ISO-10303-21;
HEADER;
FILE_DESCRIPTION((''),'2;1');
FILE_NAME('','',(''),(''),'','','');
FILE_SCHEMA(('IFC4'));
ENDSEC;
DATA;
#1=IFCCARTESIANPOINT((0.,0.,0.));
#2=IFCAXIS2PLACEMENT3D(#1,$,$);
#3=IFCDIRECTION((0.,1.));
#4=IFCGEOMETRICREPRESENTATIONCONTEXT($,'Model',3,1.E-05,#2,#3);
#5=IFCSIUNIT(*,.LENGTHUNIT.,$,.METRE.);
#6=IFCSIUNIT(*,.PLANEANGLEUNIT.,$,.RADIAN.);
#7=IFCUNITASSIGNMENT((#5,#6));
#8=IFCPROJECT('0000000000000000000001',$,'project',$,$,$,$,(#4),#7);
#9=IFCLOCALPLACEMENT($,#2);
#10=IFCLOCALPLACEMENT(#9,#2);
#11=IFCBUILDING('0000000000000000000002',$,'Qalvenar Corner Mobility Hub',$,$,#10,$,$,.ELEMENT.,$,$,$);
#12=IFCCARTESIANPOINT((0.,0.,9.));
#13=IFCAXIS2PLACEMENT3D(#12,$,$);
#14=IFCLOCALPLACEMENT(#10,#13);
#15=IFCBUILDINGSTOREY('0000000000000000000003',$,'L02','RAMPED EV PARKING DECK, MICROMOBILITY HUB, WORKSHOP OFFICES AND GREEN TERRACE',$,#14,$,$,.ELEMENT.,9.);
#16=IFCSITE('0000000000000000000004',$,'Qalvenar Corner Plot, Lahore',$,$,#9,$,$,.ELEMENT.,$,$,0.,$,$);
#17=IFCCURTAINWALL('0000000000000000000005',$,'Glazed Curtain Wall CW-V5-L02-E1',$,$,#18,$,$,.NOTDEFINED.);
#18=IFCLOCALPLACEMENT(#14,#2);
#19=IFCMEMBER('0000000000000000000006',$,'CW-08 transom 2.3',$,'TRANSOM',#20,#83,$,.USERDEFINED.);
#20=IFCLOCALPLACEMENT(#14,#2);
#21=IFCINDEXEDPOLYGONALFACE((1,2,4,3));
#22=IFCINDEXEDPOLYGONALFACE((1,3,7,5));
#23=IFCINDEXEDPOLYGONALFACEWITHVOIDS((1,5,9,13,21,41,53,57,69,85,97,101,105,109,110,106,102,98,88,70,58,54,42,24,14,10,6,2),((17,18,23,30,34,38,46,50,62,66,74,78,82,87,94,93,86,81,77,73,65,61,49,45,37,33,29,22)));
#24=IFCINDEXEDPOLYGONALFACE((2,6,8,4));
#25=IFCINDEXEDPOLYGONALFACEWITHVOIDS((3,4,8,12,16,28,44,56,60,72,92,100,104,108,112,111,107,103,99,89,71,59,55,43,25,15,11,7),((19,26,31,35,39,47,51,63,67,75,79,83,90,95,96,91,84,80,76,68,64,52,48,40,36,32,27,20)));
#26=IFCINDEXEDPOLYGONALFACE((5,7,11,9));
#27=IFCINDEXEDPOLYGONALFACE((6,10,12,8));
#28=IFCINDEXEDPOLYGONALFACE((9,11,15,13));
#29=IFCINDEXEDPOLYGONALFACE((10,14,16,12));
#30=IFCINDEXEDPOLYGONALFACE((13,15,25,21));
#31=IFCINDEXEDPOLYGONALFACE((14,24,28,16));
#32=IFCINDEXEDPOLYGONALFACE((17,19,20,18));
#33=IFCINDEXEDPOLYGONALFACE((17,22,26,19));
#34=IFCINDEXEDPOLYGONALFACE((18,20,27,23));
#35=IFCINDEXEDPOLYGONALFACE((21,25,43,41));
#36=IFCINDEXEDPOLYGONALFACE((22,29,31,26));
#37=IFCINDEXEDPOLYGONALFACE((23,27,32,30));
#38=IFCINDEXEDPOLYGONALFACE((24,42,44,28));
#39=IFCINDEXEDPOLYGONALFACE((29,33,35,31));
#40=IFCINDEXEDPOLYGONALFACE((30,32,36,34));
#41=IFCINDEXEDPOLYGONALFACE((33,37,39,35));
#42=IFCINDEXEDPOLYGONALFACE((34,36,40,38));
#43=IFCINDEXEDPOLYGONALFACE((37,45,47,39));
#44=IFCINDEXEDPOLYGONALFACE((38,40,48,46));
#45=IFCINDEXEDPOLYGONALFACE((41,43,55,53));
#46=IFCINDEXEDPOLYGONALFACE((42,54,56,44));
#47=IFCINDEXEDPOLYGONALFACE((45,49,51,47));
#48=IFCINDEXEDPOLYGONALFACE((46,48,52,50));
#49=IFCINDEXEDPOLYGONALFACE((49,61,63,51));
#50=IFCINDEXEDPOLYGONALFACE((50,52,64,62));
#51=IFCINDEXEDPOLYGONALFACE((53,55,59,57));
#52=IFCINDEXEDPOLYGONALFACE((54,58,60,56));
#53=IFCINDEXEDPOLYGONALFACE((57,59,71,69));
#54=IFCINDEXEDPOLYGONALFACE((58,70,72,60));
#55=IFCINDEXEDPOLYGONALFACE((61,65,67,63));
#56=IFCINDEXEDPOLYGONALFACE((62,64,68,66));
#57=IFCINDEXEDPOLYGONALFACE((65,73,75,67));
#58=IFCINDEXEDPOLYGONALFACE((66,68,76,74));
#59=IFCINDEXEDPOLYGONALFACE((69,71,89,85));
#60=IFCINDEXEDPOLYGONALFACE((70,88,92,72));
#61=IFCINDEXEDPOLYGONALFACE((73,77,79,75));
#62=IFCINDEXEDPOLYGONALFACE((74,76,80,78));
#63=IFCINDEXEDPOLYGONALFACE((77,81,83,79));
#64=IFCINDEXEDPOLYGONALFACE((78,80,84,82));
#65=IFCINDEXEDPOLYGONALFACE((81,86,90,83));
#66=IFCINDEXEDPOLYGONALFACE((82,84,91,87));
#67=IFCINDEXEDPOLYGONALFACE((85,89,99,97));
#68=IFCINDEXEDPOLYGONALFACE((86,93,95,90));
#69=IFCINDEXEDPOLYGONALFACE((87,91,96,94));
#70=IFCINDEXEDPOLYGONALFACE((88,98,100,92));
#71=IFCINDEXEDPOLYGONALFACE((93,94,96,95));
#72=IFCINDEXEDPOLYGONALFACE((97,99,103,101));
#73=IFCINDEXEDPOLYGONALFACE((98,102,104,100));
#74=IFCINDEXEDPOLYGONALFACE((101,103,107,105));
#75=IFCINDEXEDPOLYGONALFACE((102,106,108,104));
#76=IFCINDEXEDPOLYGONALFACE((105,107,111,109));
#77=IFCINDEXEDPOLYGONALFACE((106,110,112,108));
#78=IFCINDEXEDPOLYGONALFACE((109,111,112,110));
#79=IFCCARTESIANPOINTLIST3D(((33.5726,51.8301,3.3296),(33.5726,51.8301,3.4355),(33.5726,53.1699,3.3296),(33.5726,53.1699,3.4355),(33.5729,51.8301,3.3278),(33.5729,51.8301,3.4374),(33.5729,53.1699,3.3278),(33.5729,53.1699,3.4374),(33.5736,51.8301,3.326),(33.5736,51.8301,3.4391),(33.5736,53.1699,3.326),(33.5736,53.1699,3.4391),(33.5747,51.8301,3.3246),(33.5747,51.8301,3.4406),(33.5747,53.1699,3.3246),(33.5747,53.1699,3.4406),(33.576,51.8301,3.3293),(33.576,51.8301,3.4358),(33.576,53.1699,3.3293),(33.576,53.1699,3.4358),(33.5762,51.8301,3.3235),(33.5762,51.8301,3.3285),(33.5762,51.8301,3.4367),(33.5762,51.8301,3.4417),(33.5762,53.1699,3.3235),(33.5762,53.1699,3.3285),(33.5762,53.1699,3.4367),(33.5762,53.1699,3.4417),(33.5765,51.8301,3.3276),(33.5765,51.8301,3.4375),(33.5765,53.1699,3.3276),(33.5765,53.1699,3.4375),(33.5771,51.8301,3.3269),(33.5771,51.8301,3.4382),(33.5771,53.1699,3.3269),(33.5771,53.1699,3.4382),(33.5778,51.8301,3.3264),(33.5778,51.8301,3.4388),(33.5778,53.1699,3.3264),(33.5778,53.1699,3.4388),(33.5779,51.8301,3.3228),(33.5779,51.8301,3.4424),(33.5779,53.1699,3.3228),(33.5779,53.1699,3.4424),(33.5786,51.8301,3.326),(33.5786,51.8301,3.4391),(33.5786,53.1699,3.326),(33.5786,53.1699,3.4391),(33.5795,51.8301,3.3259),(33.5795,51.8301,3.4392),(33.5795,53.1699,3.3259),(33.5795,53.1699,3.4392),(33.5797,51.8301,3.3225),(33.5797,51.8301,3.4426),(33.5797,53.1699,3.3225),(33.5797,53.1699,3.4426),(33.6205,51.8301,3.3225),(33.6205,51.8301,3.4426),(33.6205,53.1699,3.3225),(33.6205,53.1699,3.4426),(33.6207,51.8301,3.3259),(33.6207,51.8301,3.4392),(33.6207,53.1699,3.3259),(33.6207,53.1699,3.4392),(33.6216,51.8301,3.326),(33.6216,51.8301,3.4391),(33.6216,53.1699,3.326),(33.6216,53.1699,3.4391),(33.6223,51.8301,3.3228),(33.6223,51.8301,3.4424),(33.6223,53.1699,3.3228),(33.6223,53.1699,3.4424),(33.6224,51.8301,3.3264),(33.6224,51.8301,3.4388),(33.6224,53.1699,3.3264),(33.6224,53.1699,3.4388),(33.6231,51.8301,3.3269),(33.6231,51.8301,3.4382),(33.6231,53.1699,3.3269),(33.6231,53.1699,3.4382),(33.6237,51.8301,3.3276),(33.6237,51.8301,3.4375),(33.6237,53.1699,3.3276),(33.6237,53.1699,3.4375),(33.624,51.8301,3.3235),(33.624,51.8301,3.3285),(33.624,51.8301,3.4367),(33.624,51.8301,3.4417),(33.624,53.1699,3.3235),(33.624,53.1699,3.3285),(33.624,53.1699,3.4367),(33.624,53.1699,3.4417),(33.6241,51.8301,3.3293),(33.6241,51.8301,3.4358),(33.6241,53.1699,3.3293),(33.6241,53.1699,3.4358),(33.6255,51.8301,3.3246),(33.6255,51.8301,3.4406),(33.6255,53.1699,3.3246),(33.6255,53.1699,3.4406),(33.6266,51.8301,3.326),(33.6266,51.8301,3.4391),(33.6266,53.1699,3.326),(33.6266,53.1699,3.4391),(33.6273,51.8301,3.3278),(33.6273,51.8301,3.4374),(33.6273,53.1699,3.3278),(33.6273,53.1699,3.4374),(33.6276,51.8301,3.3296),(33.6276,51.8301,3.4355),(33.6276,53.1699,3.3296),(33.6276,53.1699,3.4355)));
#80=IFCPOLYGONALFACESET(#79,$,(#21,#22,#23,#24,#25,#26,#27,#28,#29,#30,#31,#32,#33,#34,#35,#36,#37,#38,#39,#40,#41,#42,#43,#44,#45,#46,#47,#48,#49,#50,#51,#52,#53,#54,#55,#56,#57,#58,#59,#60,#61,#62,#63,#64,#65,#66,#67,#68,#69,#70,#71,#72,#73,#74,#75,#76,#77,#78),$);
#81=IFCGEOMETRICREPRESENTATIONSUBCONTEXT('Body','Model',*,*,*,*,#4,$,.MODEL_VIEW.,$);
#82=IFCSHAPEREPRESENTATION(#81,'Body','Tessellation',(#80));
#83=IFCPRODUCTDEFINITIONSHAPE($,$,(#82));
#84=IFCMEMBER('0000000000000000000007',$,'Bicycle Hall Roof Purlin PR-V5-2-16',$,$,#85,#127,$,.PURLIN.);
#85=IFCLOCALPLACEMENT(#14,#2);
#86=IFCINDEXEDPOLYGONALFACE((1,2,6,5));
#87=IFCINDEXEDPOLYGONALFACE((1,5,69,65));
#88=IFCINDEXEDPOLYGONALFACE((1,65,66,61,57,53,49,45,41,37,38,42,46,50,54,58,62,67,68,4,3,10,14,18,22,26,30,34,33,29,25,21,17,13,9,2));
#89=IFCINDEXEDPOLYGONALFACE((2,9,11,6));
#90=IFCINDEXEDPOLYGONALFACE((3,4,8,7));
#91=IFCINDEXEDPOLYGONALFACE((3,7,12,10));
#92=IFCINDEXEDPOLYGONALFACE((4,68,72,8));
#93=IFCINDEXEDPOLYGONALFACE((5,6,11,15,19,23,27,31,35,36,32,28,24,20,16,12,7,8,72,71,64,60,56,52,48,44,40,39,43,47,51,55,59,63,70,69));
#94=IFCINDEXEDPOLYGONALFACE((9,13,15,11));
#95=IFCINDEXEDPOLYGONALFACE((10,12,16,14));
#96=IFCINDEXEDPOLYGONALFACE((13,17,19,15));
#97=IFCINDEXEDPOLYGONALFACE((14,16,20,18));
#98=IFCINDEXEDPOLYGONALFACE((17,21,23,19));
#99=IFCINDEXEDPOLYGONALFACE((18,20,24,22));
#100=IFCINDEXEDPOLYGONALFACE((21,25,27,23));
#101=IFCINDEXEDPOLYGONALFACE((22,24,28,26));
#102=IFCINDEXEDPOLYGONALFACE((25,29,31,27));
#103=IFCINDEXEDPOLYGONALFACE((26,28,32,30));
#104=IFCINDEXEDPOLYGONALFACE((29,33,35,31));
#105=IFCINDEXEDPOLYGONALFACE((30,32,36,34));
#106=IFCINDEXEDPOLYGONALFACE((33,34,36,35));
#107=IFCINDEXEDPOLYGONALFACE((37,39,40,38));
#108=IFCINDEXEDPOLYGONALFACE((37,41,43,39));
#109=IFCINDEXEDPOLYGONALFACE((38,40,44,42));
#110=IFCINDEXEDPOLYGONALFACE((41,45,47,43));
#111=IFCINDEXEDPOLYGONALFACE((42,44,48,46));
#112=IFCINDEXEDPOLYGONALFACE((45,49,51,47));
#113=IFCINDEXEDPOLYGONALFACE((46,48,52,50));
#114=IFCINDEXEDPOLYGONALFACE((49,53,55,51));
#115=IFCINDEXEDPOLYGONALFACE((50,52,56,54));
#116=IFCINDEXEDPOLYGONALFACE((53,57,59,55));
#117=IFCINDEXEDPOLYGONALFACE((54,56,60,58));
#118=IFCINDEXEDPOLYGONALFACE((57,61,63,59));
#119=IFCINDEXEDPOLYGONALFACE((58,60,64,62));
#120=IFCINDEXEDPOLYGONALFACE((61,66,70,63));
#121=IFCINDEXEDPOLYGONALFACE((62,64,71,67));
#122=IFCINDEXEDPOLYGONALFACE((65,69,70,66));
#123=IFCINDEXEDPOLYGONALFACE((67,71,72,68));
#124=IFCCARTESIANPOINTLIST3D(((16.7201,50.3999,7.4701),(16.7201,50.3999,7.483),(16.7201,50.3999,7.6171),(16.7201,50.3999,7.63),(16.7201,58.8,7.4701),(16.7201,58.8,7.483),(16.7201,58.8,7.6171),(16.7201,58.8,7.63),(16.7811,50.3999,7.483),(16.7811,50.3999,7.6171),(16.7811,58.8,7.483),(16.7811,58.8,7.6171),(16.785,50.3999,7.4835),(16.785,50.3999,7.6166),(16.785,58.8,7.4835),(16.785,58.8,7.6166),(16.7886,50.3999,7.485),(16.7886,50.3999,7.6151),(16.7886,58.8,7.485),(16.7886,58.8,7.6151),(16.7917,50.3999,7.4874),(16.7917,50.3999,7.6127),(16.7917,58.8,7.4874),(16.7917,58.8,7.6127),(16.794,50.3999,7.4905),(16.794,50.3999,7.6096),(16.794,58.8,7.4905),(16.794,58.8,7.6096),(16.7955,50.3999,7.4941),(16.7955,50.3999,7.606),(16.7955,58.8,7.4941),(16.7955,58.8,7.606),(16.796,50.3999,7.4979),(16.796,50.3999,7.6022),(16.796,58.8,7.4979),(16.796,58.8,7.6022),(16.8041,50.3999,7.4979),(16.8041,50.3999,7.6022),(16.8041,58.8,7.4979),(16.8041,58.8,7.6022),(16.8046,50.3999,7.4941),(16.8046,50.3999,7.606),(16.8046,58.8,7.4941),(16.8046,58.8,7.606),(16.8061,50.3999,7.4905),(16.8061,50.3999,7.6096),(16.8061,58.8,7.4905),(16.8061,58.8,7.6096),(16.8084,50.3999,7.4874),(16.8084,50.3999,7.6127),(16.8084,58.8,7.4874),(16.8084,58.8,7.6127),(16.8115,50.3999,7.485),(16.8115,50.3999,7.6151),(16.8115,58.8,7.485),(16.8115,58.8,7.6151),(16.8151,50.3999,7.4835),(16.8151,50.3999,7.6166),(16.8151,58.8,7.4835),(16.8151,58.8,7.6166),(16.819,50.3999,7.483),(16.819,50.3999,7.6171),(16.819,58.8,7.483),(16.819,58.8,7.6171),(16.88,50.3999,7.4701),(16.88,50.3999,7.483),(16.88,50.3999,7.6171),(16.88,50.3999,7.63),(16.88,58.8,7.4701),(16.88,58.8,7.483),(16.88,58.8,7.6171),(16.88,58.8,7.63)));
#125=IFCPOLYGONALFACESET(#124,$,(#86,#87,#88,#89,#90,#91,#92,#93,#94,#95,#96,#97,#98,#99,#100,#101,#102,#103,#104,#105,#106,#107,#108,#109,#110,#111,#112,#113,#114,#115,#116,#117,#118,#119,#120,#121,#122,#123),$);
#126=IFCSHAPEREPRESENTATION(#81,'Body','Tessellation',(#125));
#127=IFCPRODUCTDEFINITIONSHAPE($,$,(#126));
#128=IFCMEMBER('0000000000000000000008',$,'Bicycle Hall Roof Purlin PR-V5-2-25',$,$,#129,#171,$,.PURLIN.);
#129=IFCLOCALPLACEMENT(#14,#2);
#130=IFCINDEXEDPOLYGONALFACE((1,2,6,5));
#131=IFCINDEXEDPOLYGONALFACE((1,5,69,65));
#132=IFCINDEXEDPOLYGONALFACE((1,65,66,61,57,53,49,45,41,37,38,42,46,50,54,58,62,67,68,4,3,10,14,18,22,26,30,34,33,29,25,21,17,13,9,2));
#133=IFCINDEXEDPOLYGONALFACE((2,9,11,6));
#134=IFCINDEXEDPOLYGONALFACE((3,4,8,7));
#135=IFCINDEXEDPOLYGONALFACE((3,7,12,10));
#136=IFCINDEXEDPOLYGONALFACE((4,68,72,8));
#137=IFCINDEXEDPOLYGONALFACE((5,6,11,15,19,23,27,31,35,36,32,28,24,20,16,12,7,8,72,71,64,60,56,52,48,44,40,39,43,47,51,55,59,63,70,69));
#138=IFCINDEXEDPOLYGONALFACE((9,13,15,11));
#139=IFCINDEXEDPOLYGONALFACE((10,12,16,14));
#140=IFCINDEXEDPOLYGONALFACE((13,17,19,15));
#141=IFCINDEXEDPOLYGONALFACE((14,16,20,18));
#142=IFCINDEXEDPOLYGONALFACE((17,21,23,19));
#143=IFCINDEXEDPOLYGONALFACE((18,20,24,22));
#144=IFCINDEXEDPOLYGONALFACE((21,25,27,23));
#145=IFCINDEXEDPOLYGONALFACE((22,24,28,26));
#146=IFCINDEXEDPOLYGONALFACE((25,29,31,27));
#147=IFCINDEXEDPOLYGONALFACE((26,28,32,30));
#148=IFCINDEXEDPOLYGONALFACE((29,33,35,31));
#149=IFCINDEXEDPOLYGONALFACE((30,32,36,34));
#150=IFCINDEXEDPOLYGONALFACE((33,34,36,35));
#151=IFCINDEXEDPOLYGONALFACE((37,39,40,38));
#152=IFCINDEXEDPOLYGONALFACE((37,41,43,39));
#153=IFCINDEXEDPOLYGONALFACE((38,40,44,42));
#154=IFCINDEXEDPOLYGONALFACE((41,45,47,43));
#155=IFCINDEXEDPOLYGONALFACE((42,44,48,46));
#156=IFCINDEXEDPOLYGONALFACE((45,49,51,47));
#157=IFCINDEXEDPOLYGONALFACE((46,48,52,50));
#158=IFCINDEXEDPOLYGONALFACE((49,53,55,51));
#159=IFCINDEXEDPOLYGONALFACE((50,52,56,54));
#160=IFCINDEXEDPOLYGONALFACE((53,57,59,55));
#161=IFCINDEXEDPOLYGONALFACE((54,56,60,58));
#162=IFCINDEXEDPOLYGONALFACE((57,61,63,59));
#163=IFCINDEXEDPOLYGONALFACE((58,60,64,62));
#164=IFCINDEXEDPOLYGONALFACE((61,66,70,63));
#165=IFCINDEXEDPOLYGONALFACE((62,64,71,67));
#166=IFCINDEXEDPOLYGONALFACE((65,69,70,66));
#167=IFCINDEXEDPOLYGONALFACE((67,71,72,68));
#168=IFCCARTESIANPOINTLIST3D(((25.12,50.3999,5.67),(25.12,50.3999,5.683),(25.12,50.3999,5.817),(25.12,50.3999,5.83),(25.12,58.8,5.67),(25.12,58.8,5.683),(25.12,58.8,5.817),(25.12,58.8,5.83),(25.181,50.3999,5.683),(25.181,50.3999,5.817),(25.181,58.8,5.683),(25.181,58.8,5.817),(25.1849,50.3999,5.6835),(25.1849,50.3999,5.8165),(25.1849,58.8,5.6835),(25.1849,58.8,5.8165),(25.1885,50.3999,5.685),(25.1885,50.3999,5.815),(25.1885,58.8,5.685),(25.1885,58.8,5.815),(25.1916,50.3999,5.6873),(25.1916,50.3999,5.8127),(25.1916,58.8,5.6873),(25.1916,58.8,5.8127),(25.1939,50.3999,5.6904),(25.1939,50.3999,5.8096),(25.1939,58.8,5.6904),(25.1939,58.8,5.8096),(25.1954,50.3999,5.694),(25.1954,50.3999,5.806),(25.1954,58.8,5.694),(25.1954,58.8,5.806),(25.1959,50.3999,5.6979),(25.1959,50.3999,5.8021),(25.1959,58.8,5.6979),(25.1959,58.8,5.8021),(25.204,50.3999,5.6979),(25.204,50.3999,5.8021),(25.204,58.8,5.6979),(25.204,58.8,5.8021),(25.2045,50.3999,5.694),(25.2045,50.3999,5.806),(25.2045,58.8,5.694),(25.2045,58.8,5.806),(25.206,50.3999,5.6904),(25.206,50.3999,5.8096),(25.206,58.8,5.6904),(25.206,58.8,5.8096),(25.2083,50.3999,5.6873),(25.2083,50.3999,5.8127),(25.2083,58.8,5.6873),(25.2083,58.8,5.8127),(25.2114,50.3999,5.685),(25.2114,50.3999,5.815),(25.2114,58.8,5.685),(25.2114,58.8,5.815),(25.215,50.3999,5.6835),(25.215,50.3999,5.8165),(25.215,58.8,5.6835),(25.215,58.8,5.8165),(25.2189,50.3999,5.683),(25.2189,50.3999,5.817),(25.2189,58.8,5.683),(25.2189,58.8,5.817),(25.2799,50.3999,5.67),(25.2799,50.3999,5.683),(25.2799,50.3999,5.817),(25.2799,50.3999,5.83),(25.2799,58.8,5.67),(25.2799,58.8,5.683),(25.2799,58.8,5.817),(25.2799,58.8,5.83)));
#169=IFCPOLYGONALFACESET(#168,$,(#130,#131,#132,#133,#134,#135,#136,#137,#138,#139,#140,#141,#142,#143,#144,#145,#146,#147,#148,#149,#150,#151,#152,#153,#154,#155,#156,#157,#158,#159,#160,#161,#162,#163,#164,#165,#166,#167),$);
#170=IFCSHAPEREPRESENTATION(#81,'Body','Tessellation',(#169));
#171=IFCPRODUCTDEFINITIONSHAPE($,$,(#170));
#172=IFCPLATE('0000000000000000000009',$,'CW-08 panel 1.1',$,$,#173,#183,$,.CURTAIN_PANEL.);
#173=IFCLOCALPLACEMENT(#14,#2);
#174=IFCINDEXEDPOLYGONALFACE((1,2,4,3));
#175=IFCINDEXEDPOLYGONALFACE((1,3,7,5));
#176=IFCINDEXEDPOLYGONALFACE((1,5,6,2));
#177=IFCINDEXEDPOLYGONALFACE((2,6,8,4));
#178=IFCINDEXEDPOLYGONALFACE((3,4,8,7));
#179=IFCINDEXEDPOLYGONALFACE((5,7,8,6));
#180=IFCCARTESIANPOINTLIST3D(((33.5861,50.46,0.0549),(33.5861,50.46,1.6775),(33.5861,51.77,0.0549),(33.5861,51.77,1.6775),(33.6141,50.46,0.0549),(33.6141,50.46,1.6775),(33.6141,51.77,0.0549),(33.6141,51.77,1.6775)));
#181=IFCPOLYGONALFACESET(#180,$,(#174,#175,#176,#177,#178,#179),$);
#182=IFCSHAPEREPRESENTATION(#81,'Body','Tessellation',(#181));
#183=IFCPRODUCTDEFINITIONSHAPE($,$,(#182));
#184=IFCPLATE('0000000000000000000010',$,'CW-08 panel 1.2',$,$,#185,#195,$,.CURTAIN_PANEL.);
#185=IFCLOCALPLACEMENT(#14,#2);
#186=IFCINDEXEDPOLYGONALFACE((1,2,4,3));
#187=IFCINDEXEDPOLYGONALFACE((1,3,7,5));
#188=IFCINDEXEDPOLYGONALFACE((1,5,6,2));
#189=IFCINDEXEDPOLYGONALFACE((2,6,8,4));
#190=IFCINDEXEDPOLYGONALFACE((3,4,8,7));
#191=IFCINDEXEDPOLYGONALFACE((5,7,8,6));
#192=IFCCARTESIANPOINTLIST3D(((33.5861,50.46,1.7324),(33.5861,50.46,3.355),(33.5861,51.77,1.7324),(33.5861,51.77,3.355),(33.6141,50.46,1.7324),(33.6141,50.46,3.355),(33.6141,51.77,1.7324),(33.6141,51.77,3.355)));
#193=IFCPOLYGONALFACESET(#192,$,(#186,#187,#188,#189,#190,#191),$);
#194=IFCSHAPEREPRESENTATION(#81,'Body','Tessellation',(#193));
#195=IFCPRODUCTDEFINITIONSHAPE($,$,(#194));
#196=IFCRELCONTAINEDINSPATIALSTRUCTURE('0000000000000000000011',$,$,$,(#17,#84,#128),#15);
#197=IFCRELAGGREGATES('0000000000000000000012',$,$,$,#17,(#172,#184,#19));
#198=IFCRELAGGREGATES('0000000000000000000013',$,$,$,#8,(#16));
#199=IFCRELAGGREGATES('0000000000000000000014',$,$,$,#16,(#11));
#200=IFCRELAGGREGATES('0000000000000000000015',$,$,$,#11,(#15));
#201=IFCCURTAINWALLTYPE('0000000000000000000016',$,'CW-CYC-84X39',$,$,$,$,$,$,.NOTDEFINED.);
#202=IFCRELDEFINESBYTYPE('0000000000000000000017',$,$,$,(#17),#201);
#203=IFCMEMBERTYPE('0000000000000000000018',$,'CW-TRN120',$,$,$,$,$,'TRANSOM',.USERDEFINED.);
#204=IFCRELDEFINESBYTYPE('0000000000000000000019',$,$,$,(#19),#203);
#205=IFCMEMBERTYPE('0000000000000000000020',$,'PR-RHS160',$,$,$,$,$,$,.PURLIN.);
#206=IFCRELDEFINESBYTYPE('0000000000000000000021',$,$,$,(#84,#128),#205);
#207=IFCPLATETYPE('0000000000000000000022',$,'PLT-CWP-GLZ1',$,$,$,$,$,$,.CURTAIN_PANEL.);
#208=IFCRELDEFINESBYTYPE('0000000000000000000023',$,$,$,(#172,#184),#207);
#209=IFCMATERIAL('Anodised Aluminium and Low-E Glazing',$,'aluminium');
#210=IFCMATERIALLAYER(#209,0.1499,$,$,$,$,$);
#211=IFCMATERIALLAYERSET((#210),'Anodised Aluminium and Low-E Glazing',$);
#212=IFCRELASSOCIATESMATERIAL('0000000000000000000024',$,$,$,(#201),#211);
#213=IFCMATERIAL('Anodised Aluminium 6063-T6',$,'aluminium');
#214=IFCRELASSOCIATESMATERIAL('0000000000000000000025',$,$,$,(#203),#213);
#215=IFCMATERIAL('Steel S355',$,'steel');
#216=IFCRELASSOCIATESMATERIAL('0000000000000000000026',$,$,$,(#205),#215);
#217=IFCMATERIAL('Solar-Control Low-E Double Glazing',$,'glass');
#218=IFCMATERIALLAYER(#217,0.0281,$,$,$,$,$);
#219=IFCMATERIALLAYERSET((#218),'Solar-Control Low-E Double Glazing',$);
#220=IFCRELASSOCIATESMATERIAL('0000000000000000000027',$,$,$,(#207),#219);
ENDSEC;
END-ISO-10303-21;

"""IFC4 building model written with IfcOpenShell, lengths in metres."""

from ifc_helpers import new_model, si_unit, direction, frame, origin, origin_2d, place, context, subcontext, project, spatial, rectangle, hollow_rectangle, i_section, extrude, material, layer, layer_set, material_profile, profile_set, type_object, element, aggregate, save


model = new_model("IFC4")

# Units and contexts
model_context = context("Model", 3, precision=1e-05, world=origin(), true_north=direction((0.0, 1.0)))
body_context = subcontext(model_context, "Body", "Model", "MODEL_VIEW")
ifc_project = project(units=[si_unit("LENGTHUNIT", "METRE"), si_unit("PLANEANGLEUNIT", "RADIAN")], contexts=[model_context])

# Site, building, storey
site_placement = place(None, origin())
site = spatial("IfcSite", under=ifc_project, at=site_placement, Name="Qalvenar Corner Plot, Lahore", CompositionType="ELEMENT", RefElevation=0.0)
building_placement = place(site_placement, origin())
building = spatial("IfcBuilding", under=site, at=building_placement, Name="Qalvenar Corner Mobility Hub", CompositionType="ELEMENT")
storey_placement = place(building_placement, frame((0.0, 0.0, 9.0)))
storey = spatial("IfcBuildingStorey", under=building, at=storey_placement, Name="L02", Description="RAMPED EV PARKING DECK, MICROMOBILITY HUB, WORKSHOP OFFICES AND GREEN TERRACE", CompositionType="ELEMENT", Elevation=9.0)

# Shared definitions
ifc_material_1 = material(Name="Steel S355", Category="steel")

# Curtain wall, member
ifc_material_2 = material(Name="Anodised Aluminium and Low-E Glazing", Category="aluminium")
ifc_layer_1 = layer(ifc_material_2, 0.1499)
ifc_layer_set_1 = layer_set([ifc_layer_1], Name="Anodised Aluminium and Low-E Glazing")
curtain_wall_type = type_object("IfcCurtainWallType", Name="CW-CYC-84X39", PredefinedType="NOTDEFINED", material=ifc_layer_set_1)
curtain_wall_placement = place(storey_placement, origin())
curtain_wall = element("IfcCurtainWall", 1, at=curtain_wall_placement, inside=storey, type_object=curtain_wall_type, Name="Glazed Curtain Wall CW-V5-L02-E1", PredefinedType="NOTDEFINED")
ifc_material_3 = material(Name="Anodised Aluminium 6063-T6", Category="aluminium")
ifc_material_profile_1 = material_profile(ifc_material_3, hollow_rectangle(XDim=0.0549, YDim=0.1201, WallThickness=0.0034, InnerFilletRadius=0.0034, OuterFilletRadius=0.0071, at=origin_2d()), Name="RHS120x55x3.5")
ifc_profile_set_1 = profile_set([ifc_material_profile_1], Name="Anodised Aluminium 6063-T6")
member_type_1 = type_object("IfcMemberType", Name="CW-TRN120", ElementType="TRANSOM", PredefinedType="USERDEFINED", material=ifc_profile_set_1)
member_1_placement = place(storey_placement, frame((33.6001, 51.8301, 3.3826), z_axis=(0.0, 1.0, 0.0), x_axis=(-1.0, 0.0, 0.0)))
member_1 = element("IfcMember", 2, at=member_1_placement, type_object=member_type_1, Name="CW-08 transom 2.3", ObjectType="TRANSOM", PredefinedType="USERDEFINED", context=body_context, shape_type="SweptSolid", body=[
    extrude(hollow_rectangle(XDim=0.0549, YDim=0.1201, WallThickness=0.0034, InnerFilletRadius=0.0034, OuterFilletRadius=0.0071, at=origin_2d()), origin(), (0.0, 0.0, 1.0), 1.3398),
])

# Members
ifc_material_profile_2 = material_profile(ifc_material_1, i_section(OverallWidth=0.1599, OverallDepth=0.1599, WebThickness=0.0081, FlangeThickness=0.0129, FilletRadius=0.0149, at=origin_2d()), Name="HEB160")
ifc_profile_set_2 = profile_set([ifc_material_profile_2], Name="Steel S355")
member_type_2 = type_object("IfcMemberType", Name="PR-RHS160", PredefinedType="PURLIN", material=ifc_profile_set_2)
for number, where, z_axis, x_axis, name in (
    (3, (16.8, 50.3999, 7.55), (0.0, 1.0, 0.0), (-1.0, 0.0, 0.0), "Bicycle Hall Roof Purlin PR-V5-2-16"),
    (4, (25.2, 50.3999, 5.75), (0.0, 1.0, 0.0), (-1.0, 0.0, 0.0), "Bicycle Hall Roof Purlin PR-V5-2-25"),
):
    element("IfcMember", number, at=place(storey_placement, frame(where, z_axis=z_axis, x_axis=x_axis)), inside=storey, type_object=member_type_2, Name=name, PredefinedType="PURLIN", context=body_context, shape_type="SweptSolid", body=[
        extrude(i_section(OverallWidth=0.1599, OverallDepth=0.1599, WebThickness=0.0081, FlangeThickness=0.0129, FilletRadius=0.0149, at=origin_2d()), origin(), (0.0, 0.0, 1.0), 8.4001),
    ])

# Plates
ifc_material_4 = material(Name="Solar-Control Low-E Double Glazing", Category="glass")
ifc_layer_2 = layer(ifc_material_4, 0.0281)
ifc_layer_set_2 = layer_set([ifc_layer_2], Name="Solar-Control Low-E Double Glazing")
plate_type = type_object("IfcPlateType", Name="PLT-CWP-GLZ1", PredefinedType="CURTAIN_PANEL", material=ifc_layer_set_2)
plate_1_placement = place(storey_placement, frame((33.6001, 51.115, 0.0549), z_axis=(0.0, 0.0, 1.0), x_axis=(0.0, 1.0, 0.0)))
plate_1 = element("IfcPlate", 5, at=plate_1_placement, type_object=plate_type, Name="CW-08 panel 1.1", PredefinedType="CURTAIN_PANEL", context=body_context, shape_type="SweptSolid", body=[
    extrude(rectangle(XDim=1.3101, YDim=0.0281, at=origin_2d()), origin(), (0.0, 0.0, 1.0), 1.6226),
])
plate_2_placement = place(storey_placement, frame((33.6001, 51.115, 1.7324), z_axis=(0.0, 0.0, 1.0), x_axis=(0.0, 1.0, 0.0)))
plate_2 = element("IfcPlate", 6, at=plate_2_placement, type_object=plate_type, Name="CW-08 panel 1.2", PredefinedType="CURTAIN_PANEL", context=body_context, shape_type="SweptSolid", body=[
    extrude(rectangle(XDim=1.3101, YDim=0.0281, at=origin_2d()), origin(), (0.0, 0.0, 1.0), 1.6226),
])
aggregate(curtain_wall, [plate_1, plate_2, member_1])

save(model, "model.ifc")
